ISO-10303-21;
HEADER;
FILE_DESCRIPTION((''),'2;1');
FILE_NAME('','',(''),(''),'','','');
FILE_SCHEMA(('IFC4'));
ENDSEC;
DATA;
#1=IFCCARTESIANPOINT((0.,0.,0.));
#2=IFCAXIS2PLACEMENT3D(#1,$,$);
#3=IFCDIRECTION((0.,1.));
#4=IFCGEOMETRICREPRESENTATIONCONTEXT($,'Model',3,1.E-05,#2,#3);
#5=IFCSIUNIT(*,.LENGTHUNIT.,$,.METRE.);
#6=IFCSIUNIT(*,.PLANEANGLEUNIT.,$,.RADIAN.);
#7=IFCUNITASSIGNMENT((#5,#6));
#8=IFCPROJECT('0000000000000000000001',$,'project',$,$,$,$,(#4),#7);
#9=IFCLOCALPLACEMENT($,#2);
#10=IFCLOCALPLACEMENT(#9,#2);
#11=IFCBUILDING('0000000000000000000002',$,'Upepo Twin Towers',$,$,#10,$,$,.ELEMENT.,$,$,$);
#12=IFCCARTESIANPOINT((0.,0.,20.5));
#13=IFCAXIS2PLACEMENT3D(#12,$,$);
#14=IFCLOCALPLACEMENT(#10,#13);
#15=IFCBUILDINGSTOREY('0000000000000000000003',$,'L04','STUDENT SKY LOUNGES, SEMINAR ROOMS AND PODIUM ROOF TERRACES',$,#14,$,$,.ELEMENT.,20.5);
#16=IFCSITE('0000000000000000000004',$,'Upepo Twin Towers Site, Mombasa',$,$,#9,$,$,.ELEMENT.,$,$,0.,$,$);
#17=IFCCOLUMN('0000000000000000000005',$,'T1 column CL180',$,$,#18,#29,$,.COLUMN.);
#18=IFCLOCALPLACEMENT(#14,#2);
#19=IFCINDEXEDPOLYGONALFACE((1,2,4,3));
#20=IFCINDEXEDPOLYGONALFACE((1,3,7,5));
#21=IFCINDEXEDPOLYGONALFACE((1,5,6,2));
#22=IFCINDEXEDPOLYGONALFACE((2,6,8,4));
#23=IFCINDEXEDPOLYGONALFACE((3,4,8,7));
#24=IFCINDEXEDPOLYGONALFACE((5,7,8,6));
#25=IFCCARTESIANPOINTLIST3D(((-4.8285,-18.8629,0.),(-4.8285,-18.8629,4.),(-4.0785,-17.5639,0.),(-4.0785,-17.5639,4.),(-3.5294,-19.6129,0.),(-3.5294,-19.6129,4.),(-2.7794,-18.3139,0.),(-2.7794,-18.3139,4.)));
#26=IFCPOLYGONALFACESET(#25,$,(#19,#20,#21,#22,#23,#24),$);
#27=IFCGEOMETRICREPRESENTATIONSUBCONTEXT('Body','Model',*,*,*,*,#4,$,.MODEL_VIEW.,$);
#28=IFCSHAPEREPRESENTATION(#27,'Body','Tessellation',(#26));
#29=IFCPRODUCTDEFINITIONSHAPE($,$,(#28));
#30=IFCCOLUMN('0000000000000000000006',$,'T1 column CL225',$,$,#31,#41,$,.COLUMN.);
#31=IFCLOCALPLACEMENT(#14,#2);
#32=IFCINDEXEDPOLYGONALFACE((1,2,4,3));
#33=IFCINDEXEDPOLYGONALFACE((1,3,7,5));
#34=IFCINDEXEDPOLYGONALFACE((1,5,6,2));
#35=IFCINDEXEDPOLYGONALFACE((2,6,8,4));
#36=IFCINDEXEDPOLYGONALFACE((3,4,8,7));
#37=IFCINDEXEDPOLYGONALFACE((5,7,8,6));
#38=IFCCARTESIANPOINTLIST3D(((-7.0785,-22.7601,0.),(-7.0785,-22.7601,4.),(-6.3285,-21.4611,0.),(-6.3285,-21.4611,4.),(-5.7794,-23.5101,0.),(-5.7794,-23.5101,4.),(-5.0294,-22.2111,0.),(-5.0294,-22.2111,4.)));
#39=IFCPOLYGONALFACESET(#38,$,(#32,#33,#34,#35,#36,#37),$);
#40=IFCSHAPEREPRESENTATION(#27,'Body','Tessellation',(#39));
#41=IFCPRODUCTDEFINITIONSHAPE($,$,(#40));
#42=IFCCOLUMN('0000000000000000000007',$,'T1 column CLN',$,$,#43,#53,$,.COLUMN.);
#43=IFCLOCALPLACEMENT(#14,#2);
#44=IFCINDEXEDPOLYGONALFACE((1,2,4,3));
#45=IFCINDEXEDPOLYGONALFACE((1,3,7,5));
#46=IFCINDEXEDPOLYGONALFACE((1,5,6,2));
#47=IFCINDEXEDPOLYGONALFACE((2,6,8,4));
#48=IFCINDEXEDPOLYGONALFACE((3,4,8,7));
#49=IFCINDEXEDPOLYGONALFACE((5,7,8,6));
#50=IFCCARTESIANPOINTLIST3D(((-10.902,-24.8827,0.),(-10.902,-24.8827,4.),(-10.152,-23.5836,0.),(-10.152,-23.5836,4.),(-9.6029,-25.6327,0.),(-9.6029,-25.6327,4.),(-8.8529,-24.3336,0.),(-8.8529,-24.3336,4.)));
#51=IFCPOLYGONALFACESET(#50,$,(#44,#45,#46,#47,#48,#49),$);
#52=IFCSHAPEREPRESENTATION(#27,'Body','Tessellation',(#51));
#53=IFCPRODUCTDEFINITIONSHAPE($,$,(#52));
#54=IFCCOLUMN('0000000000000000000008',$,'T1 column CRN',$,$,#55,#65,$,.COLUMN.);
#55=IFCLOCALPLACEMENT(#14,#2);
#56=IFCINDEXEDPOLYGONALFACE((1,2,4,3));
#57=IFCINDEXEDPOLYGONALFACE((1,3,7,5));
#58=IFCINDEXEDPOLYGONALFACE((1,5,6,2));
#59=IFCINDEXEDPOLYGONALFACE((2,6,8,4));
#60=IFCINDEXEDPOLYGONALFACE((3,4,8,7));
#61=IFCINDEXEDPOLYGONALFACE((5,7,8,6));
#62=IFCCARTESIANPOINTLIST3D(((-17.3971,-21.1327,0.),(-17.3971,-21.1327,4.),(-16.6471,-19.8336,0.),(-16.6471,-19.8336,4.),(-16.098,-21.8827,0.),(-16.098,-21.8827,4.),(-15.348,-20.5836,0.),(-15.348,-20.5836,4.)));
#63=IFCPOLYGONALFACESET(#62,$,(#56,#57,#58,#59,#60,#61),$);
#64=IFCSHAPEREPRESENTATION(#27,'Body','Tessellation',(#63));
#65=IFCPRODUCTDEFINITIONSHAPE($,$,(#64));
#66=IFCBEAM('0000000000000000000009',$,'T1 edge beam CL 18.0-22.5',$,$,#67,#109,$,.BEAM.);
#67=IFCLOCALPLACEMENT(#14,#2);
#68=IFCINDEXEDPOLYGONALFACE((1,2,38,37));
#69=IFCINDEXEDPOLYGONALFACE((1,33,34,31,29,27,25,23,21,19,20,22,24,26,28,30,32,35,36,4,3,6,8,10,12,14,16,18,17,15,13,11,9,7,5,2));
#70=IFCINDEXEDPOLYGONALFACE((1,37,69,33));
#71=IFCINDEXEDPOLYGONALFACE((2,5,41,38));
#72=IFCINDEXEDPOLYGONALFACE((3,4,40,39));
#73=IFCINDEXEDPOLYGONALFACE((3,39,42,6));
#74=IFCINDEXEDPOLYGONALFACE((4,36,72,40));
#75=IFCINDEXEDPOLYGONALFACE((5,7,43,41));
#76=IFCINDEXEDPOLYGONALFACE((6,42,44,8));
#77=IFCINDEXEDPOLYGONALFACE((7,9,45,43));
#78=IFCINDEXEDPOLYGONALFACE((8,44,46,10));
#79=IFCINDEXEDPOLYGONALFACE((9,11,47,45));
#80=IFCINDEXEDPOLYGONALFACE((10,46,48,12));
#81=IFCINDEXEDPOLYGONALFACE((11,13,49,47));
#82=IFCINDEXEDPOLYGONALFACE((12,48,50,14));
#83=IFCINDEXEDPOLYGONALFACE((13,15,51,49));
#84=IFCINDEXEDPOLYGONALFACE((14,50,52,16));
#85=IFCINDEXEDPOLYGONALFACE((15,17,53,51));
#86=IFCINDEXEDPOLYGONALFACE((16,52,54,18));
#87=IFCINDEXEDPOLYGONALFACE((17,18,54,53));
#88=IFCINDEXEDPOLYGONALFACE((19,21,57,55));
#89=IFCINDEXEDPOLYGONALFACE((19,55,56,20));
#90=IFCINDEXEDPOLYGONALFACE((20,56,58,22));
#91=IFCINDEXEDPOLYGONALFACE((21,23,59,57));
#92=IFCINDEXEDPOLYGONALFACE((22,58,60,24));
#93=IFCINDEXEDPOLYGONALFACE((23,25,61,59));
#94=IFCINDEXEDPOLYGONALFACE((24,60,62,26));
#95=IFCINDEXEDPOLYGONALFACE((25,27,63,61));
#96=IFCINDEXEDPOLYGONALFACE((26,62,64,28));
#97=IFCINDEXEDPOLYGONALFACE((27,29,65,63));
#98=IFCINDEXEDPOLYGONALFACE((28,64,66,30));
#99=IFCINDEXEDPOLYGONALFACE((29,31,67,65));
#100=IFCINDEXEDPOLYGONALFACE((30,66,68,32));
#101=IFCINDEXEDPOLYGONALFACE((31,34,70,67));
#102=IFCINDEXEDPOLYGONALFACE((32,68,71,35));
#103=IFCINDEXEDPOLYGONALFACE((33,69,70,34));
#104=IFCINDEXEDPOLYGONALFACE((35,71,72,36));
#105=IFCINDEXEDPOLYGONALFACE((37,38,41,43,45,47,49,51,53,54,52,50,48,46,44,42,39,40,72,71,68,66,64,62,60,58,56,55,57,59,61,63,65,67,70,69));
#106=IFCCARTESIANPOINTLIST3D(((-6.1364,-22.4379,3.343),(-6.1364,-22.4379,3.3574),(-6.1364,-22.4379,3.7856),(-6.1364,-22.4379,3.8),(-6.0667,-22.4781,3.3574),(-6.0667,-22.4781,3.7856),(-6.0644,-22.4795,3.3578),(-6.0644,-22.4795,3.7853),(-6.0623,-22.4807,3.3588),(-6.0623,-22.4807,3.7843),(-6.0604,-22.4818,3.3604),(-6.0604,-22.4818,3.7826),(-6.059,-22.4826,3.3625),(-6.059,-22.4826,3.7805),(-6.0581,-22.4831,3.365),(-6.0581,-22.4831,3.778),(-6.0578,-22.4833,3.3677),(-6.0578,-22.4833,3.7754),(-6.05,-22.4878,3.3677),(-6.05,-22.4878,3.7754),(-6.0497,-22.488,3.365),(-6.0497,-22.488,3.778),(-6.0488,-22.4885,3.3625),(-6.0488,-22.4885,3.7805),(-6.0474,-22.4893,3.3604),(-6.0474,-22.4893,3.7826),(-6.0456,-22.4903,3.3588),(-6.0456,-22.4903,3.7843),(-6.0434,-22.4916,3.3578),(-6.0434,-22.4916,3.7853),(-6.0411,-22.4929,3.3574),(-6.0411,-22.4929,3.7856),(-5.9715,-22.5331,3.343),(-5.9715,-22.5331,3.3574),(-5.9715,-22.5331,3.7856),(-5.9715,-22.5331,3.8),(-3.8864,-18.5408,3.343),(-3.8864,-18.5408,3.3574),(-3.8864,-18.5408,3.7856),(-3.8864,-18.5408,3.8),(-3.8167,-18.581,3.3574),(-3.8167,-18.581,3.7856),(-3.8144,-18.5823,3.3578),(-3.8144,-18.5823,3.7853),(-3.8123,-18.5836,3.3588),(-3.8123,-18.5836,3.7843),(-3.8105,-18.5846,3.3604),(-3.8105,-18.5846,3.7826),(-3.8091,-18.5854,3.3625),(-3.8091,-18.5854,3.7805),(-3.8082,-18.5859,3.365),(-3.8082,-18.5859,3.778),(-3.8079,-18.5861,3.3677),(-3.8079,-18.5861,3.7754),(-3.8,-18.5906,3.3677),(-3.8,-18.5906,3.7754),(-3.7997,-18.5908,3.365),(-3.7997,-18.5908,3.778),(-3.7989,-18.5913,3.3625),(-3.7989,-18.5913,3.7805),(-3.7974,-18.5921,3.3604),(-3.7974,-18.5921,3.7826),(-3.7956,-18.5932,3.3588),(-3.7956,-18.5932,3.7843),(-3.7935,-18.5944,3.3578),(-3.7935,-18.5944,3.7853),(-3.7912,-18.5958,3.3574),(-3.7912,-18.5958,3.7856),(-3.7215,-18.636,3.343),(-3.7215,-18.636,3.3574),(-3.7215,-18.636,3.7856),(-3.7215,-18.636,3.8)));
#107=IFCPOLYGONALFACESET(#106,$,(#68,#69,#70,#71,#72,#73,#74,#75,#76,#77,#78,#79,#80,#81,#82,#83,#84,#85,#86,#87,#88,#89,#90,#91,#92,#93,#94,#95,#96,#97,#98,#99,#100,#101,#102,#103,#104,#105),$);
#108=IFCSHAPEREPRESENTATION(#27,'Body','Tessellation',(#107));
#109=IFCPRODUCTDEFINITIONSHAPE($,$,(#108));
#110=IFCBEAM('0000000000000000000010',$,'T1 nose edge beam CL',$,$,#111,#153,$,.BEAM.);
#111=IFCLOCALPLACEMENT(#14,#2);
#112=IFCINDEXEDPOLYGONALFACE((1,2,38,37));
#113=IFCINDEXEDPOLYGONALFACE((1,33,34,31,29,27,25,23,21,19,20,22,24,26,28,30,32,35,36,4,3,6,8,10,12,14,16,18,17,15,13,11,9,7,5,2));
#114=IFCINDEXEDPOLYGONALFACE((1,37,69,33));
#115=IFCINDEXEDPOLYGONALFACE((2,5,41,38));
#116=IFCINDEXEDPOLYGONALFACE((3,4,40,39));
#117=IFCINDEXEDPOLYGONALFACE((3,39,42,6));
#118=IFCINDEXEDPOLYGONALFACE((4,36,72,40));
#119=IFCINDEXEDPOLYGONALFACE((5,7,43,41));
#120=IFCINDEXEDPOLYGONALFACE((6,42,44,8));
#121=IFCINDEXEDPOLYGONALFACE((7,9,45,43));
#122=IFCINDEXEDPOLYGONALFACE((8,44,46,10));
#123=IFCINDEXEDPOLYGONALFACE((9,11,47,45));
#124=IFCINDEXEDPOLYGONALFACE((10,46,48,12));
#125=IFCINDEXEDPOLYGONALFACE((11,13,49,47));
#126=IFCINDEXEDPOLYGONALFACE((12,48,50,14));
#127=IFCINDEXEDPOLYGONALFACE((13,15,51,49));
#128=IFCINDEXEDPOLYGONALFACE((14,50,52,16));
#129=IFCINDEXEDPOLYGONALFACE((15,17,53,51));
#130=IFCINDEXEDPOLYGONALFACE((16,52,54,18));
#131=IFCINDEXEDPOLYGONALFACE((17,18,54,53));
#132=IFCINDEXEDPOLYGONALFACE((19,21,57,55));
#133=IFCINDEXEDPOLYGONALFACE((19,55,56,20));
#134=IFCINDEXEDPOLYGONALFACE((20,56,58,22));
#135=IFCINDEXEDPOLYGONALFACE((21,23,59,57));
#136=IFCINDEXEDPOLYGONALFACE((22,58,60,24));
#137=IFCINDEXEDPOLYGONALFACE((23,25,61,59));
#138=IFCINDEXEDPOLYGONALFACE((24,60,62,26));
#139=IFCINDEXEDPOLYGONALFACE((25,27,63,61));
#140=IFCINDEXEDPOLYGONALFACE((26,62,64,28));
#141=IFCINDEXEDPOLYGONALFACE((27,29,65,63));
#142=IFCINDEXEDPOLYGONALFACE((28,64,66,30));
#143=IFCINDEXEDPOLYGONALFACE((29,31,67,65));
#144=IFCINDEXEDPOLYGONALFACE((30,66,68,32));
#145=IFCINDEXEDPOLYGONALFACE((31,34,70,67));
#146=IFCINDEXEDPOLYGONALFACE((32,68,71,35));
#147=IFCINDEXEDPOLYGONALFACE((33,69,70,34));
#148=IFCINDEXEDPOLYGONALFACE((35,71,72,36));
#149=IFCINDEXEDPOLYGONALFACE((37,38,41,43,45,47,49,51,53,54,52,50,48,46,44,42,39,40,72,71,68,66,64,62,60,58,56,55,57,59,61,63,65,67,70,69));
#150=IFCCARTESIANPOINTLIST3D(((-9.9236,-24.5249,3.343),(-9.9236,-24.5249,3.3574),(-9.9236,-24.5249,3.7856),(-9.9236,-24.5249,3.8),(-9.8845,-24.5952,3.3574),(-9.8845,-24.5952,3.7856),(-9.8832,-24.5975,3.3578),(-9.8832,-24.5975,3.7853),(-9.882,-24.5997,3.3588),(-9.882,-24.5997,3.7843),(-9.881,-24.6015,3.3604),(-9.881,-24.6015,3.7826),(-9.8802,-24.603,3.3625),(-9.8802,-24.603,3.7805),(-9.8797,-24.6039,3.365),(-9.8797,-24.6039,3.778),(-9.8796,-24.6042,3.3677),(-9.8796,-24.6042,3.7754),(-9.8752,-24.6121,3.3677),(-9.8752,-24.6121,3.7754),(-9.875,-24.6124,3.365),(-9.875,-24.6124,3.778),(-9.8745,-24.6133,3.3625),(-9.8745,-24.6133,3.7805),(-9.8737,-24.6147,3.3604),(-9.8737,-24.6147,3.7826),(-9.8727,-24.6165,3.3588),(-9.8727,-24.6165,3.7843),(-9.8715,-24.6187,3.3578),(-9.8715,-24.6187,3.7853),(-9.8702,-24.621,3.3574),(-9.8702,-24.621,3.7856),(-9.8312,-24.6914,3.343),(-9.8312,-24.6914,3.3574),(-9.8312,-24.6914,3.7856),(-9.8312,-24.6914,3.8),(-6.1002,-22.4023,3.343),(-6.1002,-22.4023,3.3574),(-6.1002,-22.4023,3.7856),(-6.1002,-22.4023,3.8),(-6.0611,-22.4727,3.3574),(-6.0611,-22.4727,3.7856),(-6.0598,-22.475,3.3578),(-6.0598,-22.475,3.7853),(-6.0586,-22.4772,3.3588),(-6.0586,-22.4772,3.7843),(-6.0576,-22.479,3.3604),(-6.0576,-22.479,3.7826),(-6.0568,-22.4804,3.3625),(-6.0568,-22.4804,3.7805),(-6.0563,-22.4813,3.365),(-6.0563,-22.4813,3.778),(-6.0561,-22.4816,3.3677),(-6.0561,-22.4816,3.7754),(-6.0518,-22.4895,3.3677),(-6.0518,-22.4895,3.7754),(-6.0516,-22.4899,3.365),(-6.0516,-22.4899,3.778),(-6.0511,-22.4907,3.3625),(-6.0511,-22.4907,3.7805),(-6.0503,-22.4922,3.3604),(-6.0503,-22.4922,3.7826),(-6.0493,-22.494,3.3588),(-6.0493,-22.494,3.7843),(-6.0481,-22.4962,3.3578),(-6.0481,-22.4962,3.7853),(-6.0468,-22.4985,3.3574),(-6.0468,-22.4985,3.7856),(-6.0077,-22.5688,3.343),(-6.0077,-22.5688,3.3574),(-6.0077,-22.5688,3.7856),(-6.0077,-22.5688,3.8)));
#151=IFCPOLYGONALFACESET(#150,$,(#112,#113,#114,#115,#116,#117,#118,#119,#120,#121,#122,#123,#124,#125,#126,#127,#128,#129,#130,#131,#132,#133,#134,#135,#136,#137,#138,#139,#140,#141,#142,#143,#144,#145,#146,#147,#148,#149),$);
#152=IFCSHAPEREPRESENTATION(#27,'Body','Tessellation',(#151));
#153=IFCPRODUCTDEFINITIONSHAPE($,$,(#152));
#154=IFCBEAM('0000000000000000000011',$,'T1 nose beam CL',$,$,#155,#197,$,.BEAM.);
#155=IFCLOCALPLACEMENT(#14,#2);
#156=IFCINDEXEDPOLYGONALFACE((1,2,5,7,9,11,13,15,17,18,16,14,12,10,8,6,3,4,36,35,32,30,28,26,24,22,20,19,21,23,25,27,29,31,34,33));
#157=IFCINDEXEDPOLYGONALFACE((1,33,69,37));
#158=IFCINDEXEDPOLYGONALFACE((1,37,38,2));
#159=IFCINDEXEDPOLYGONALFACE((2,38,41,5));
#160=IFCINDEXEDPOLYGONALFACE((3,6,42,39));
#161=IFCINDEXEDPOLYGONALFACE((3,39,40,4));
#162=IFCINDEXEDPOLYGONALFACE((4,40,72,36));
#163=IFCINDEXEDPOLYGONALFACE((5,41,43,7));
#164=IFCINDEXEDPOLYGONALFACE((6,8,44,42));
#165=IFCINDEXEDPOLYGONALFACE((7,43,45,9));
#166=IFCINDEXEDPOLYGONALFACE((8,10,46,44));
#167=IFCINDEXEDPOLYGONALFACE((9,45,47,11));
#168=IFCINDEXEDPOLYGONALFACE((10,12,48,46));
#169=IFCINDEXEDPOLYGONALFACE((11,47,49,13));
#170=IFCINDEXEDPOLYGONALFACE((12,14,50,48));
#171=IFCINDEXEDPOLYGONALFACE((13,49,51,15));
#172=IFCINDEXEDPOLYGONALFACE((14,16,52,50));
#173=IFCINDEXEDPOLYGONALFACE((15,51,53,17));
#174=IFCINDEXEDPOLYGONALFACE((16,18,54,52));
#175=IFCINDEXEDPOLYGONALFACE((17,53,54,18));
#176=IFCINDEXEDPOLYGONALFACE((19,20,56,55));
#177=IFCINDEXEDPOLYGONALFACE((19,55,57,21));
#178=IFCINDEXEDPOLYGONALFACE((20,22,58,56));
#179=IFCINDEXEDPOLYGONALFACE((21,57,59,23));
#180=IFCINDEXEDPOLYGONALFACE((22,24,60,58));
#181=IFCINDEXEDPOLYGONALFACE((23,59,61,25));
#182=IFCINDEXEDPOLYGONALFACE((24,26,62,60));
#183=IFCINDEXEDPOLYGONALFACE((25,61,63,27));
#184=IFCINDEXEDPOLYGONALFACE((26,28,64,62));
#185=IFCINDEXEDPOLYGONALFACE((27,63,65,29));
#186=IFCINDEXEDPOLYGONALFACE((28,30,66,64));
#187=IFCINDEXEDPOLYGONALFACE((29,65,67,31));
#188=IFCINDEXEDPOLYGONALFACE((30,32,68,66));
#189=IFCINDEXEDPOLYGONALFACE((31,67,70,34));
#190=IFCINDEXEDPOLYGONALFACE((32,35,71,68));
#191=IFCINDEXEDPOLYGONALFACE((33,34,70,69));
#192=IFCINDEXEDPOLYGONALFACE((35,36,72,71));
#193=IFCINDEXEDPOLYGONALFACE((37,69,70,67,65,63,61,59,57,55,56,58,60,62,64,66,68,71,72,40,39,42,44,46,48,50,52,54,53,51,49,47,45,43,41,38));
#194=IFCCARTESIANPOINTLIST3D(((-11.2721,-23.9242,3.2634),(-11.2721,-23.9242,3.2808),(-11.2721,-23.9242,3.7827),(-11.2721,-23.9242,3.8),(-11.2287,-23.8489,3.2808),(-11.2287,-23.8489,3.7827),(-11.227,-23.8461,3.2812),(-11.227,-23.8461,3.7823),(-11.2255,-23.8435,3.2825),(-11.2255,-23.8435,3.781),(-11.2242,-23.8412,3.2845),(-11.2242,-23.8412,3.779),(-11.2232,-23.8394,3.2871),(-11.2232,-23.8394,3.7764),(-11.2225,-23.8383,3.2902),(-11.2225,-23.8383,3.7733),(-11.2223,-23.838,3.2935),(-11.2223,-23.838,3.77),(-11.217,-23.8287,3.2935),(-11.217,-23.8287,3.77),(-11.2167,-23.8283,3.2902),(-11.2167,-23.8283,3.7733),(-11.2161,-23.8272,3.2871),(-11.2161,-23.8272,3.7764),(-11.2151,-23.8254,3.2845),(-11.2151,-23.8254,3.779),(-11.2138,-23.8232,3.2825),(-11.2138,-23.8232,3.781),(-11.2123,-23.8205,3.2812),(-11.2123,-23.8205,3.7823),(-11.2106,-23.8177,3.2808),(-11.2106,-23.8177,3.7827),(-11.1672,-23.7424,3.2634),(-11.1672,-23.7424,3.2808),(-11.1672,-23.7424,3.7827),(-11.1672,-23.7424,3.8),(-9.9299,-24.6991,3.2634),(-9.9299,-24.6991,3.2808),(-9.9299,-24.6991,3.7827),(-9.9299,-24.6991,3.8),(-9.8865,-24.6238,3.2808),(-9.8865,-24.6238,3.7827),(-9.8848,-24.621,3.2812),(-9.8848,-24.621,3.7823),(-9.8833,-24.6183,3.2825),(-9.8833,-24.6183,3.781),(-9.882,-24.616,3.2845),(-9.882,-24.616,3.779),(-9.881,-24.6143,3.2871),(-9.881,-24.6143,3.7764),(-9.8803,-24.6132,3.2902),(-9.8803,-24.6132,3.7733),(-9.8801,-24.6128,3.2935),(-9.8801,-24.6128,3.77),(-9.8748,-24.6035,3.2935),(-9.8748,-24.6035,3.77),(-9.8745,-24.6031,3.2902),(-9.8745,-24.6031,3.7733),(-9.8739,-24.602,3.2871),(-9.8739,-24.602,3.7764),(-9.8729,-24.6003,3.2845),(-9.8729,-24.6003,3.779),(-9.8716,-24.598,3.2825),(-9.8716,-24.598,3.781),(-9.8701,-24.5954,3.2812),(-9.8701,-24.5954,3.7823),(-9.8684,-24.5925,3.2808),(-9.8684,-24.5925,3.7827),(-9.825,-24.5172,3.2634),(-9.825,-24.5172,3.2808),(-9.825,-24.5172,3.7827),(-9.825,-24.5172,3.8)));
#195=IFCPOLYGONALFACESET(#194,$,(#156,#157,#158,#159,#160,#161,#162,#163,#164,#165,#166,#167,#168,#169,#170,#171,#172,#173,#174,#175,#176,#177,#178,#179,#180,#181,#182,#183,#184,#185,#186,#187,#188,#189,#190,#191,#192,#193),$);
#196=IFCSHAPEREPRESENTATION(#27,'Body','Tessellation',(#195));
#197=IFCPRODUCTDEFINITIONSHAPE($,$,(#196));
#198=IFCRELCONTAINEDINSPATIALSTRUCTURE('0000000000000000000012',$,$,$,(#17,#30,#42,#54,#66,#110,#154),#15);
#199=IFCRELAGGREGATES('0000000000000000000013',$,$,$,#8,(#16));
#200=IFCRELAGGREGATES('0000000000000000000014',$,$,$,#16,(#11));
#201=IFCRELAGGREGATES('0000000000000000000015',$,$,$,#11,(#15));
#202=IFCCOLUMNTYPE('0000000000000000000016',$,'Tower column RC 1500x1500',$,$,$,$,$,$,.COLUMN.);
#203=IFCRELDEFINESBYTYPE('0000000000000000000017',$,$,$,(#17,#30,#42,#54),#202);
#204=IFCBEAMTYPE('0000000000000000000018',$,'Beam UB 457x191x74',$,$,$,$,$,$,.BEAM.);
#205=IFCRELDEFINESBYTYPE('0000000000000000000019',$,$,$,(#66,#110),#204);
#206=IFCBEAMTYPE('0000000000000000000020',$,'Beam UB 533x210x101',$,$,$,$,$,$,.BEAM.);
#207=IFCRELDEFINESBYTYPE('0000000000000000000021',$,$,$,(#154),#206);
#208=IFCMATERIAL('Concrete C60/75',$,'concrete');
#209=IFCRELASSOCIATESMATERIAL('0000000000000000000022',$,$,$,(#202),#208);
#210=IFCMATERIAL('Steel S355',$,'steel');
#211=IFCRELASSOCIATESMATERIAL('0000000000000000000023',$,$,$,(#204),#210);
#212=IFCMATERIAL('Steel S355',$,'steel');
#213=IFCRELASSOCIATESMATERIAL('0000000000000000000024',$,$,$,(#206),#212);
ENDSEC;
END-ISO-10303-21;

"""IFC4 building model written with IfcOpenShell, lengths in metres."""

from ifc_helpers import new_model, si_unit, direction, frame, origin, origin_2d, place, context, subcontext, project, spatial, rectangle, i_section, extrude, material, material_profile, profile_set, type_object, element, save


model = new_model("IFC4")

# Units and contexts
model_context = context("Model", 3, precision=1e-05, world=origin(), true_north=direction((0.0, 1.0)))
body_context = subcontext(model_context, "Body", "Model", "MODEL_VIEW")
ifc_project = project(units=[si_unit("LENGTHUNIT", "METRE"), si_unit("PLANEANGLEUNIT", "RADIAN")], contexts=[model_context])

# Site, building, storey
site_placement = place(None, origin())
site = spatial("IfcSite", under=ifc_project, at=site_placement, Name="Upepo Twin Towers Site, Mombasa", CompositionType="ELEMENT", RefElevation=0.0)
building_placement = place(site_placement, origin())
building = spatial("IfcBuilding", under=site, at=building_placement, Name="Upepo Twin Towers", CompositionType="ELEMENT")
storey_placement = place(building_placement, frame((0.0, 0.0, 20.5)))
storey = spatial("IfcBuildingStorey", under=building, at=storey_placement, Name="L04", Description="STUDENT SKY LOUNGES, SEMINAR ROOMS AND PODIUM ROOF TERRACES", CompositionType="ELEMENT", Elevation=20.5)

# Columns
ifc_material_1 = material(Name="Concrete C60/75", Category="concrete")
ifc_material_profile_1 = material_profile(ifc_material_1, rectangle(XDim=1.5, YDim=1.5, at=origin_2d()), Name="RC 1500x1500")
ifc_profile_set_1 = profile_set([ifc_material_profile_1], Name="Concrete C60/75")
column_type = type_object("IfcColumnType", Name="Tower column RC 1500x1500", PredefinedType="COLUMN", material=ifc_profile_set_1)
for number, where, z_axis, x_axis, name in (
    (1, (-3.804, -18.5884, 0.0), (0.0, 0.0, 1.0), (0.5, 0.866025, 0.0), "T1 column CL180"),
    (2, (-6.054, -22.4856, 0.0), (0.0, 0.0, 1.0), (0.5, 0.866025, 0.0), "T1 column CL225"),
    (3, (-9.8774, -24.6082, 0.0), (0.0, 0.0, 1.0), (0.5, 0.866025, 0.0), "T1 column CLN"),
    (4, (-16.3726, -20.8582, 0.0), (0.0, 0.0, 1.0), (0.5, 0.866025, 0.0), "T1 column CRN"),
):
    element("IfcColumn", number, at=place(storey_placement, frame(where, z_axis=z_axis, x_axis=x_axis)), inside=storey, type_object=column_type, Name=name, PredefinedType="COLUMN", context=body_context, shape_type="SweptSolid", body=[
        extrude(rectangle(XDim=1.5, YDim=1.5, at=origin_2d()), origin(), (0.0, 0.0, 1.0), 4.0),
    ])

# Beams
ifc_material_2 = material(Name="Steel S355", Category="steel")
ifc_material_profile_2 = material_profile(ifc_material_2, i_section(OverallWidth=0.1904, OverallDepth=0.457, WebThickness=0.009, FlangeThickness=0.0144, FilletRadius=0.0103, at=origin_2d()), Name="UB 457x191x74")
ifc_profile_set_2 = profile_set([ifc_material_profile_2], Name="Steel S355")
beam_type_1 = type_object("IfcBeamType", Name="Beam UB 457x191x74", PredefinedType="BEAM", material=ifc_profile_set_2)
beam_1_placement = place(storey_placement, frame((-3.804, -18.5884, 3.5715), z_axis=(-0.49999, -0.866031, 0.0), x_axis=(0.866031, -0.49999, 0.0)))
element("IfcBeam", 5, at=beam_1_placement, inside=storey, type_object=beam_type_1, Name="T1 edge beam CL 18.0-22.5", PredefinedType="BEAM", context=body_context, shape_type="SweptSolid", body=[
    extrude(i_section(OverallWidth=0.1904, OverallDepth=0.457, WebThickness=0.009, FlangeThickness=0.0144, FilletRadius=0.0103, at=origin_2d()), origin(), (0.0, 0.0, 1.0), 4.5),
])
beam_2_placement = place(storey_placement, frame((-6.054, -22.4856, 3.5715), z_axis=(-0.874313, -0.485363, 0.0), x_axis=(0.485363, -0.874313, 0.0)))
element("IfcBeam", 6, at=beam_2_placement, inside=storey, type_object=beam_type_1, Name="T1 nose edge beam CL", PredefinedType="BEAM", context=body_context, shape_type="SweptSolid", body=[
    extrude(i_section(OverallWidth=0.1904, OverallDepth=0.457, WebThickness=0.009, FlangeThickness=0.0144, FilletRadius=0.0103, at=origin_2d()), origin(), (0.0, 0.0, 1.0), 4.373),
])
ifc_material_3 = material(Name="Steel S355", Category="steel")
ifc_material_profile_3 = material_profile(ifc_material_3, i_section(OverallWidth=0.21, OverallDepth=0.5366, WebThickness=0.0107, FlangeThickness=0.0173, FilletRadius=0.0127, at=origin_2d()), Name="UB 533x210x101")
ifc_profile_set_3 = profile_set([ifc_material_profile_3], Name="Steel S355")
beam_type_2 = type_object("IfcBeamType", Name="Beam UB 533x210x101", PredefinedType="BEAM", material=ifc_profile_set_3)
for number, where, z_axis, x_axis, name in (
    (7, (-9.8774, -24.6082, 3.5317), (-0.866044, 0.499968, 0.0), (-0.499968, -0.866044, 0.0), "T1 nose beam CL"),
):
    element("IfcBeam", number, at=place(storey_placement, frame(where, z_axis=z_axis, x_axis=x_axis)), inside=storey, type_object=beam_type_2, Name=name, PredefinedType="BEAM", context=body_context, shape_type="SweptSolid", body=[
        extrude(i_section(OverallWidth=0.21, OverallDepth=0.5366, WebThickness=0.0107, FlangeThickness=0.0173, FilletRadius=0.0127, at=origin_2d()), origin(), (0.0, 0.0, 1.0), 1.5498),
    ])

save(model, "model.ifc")
